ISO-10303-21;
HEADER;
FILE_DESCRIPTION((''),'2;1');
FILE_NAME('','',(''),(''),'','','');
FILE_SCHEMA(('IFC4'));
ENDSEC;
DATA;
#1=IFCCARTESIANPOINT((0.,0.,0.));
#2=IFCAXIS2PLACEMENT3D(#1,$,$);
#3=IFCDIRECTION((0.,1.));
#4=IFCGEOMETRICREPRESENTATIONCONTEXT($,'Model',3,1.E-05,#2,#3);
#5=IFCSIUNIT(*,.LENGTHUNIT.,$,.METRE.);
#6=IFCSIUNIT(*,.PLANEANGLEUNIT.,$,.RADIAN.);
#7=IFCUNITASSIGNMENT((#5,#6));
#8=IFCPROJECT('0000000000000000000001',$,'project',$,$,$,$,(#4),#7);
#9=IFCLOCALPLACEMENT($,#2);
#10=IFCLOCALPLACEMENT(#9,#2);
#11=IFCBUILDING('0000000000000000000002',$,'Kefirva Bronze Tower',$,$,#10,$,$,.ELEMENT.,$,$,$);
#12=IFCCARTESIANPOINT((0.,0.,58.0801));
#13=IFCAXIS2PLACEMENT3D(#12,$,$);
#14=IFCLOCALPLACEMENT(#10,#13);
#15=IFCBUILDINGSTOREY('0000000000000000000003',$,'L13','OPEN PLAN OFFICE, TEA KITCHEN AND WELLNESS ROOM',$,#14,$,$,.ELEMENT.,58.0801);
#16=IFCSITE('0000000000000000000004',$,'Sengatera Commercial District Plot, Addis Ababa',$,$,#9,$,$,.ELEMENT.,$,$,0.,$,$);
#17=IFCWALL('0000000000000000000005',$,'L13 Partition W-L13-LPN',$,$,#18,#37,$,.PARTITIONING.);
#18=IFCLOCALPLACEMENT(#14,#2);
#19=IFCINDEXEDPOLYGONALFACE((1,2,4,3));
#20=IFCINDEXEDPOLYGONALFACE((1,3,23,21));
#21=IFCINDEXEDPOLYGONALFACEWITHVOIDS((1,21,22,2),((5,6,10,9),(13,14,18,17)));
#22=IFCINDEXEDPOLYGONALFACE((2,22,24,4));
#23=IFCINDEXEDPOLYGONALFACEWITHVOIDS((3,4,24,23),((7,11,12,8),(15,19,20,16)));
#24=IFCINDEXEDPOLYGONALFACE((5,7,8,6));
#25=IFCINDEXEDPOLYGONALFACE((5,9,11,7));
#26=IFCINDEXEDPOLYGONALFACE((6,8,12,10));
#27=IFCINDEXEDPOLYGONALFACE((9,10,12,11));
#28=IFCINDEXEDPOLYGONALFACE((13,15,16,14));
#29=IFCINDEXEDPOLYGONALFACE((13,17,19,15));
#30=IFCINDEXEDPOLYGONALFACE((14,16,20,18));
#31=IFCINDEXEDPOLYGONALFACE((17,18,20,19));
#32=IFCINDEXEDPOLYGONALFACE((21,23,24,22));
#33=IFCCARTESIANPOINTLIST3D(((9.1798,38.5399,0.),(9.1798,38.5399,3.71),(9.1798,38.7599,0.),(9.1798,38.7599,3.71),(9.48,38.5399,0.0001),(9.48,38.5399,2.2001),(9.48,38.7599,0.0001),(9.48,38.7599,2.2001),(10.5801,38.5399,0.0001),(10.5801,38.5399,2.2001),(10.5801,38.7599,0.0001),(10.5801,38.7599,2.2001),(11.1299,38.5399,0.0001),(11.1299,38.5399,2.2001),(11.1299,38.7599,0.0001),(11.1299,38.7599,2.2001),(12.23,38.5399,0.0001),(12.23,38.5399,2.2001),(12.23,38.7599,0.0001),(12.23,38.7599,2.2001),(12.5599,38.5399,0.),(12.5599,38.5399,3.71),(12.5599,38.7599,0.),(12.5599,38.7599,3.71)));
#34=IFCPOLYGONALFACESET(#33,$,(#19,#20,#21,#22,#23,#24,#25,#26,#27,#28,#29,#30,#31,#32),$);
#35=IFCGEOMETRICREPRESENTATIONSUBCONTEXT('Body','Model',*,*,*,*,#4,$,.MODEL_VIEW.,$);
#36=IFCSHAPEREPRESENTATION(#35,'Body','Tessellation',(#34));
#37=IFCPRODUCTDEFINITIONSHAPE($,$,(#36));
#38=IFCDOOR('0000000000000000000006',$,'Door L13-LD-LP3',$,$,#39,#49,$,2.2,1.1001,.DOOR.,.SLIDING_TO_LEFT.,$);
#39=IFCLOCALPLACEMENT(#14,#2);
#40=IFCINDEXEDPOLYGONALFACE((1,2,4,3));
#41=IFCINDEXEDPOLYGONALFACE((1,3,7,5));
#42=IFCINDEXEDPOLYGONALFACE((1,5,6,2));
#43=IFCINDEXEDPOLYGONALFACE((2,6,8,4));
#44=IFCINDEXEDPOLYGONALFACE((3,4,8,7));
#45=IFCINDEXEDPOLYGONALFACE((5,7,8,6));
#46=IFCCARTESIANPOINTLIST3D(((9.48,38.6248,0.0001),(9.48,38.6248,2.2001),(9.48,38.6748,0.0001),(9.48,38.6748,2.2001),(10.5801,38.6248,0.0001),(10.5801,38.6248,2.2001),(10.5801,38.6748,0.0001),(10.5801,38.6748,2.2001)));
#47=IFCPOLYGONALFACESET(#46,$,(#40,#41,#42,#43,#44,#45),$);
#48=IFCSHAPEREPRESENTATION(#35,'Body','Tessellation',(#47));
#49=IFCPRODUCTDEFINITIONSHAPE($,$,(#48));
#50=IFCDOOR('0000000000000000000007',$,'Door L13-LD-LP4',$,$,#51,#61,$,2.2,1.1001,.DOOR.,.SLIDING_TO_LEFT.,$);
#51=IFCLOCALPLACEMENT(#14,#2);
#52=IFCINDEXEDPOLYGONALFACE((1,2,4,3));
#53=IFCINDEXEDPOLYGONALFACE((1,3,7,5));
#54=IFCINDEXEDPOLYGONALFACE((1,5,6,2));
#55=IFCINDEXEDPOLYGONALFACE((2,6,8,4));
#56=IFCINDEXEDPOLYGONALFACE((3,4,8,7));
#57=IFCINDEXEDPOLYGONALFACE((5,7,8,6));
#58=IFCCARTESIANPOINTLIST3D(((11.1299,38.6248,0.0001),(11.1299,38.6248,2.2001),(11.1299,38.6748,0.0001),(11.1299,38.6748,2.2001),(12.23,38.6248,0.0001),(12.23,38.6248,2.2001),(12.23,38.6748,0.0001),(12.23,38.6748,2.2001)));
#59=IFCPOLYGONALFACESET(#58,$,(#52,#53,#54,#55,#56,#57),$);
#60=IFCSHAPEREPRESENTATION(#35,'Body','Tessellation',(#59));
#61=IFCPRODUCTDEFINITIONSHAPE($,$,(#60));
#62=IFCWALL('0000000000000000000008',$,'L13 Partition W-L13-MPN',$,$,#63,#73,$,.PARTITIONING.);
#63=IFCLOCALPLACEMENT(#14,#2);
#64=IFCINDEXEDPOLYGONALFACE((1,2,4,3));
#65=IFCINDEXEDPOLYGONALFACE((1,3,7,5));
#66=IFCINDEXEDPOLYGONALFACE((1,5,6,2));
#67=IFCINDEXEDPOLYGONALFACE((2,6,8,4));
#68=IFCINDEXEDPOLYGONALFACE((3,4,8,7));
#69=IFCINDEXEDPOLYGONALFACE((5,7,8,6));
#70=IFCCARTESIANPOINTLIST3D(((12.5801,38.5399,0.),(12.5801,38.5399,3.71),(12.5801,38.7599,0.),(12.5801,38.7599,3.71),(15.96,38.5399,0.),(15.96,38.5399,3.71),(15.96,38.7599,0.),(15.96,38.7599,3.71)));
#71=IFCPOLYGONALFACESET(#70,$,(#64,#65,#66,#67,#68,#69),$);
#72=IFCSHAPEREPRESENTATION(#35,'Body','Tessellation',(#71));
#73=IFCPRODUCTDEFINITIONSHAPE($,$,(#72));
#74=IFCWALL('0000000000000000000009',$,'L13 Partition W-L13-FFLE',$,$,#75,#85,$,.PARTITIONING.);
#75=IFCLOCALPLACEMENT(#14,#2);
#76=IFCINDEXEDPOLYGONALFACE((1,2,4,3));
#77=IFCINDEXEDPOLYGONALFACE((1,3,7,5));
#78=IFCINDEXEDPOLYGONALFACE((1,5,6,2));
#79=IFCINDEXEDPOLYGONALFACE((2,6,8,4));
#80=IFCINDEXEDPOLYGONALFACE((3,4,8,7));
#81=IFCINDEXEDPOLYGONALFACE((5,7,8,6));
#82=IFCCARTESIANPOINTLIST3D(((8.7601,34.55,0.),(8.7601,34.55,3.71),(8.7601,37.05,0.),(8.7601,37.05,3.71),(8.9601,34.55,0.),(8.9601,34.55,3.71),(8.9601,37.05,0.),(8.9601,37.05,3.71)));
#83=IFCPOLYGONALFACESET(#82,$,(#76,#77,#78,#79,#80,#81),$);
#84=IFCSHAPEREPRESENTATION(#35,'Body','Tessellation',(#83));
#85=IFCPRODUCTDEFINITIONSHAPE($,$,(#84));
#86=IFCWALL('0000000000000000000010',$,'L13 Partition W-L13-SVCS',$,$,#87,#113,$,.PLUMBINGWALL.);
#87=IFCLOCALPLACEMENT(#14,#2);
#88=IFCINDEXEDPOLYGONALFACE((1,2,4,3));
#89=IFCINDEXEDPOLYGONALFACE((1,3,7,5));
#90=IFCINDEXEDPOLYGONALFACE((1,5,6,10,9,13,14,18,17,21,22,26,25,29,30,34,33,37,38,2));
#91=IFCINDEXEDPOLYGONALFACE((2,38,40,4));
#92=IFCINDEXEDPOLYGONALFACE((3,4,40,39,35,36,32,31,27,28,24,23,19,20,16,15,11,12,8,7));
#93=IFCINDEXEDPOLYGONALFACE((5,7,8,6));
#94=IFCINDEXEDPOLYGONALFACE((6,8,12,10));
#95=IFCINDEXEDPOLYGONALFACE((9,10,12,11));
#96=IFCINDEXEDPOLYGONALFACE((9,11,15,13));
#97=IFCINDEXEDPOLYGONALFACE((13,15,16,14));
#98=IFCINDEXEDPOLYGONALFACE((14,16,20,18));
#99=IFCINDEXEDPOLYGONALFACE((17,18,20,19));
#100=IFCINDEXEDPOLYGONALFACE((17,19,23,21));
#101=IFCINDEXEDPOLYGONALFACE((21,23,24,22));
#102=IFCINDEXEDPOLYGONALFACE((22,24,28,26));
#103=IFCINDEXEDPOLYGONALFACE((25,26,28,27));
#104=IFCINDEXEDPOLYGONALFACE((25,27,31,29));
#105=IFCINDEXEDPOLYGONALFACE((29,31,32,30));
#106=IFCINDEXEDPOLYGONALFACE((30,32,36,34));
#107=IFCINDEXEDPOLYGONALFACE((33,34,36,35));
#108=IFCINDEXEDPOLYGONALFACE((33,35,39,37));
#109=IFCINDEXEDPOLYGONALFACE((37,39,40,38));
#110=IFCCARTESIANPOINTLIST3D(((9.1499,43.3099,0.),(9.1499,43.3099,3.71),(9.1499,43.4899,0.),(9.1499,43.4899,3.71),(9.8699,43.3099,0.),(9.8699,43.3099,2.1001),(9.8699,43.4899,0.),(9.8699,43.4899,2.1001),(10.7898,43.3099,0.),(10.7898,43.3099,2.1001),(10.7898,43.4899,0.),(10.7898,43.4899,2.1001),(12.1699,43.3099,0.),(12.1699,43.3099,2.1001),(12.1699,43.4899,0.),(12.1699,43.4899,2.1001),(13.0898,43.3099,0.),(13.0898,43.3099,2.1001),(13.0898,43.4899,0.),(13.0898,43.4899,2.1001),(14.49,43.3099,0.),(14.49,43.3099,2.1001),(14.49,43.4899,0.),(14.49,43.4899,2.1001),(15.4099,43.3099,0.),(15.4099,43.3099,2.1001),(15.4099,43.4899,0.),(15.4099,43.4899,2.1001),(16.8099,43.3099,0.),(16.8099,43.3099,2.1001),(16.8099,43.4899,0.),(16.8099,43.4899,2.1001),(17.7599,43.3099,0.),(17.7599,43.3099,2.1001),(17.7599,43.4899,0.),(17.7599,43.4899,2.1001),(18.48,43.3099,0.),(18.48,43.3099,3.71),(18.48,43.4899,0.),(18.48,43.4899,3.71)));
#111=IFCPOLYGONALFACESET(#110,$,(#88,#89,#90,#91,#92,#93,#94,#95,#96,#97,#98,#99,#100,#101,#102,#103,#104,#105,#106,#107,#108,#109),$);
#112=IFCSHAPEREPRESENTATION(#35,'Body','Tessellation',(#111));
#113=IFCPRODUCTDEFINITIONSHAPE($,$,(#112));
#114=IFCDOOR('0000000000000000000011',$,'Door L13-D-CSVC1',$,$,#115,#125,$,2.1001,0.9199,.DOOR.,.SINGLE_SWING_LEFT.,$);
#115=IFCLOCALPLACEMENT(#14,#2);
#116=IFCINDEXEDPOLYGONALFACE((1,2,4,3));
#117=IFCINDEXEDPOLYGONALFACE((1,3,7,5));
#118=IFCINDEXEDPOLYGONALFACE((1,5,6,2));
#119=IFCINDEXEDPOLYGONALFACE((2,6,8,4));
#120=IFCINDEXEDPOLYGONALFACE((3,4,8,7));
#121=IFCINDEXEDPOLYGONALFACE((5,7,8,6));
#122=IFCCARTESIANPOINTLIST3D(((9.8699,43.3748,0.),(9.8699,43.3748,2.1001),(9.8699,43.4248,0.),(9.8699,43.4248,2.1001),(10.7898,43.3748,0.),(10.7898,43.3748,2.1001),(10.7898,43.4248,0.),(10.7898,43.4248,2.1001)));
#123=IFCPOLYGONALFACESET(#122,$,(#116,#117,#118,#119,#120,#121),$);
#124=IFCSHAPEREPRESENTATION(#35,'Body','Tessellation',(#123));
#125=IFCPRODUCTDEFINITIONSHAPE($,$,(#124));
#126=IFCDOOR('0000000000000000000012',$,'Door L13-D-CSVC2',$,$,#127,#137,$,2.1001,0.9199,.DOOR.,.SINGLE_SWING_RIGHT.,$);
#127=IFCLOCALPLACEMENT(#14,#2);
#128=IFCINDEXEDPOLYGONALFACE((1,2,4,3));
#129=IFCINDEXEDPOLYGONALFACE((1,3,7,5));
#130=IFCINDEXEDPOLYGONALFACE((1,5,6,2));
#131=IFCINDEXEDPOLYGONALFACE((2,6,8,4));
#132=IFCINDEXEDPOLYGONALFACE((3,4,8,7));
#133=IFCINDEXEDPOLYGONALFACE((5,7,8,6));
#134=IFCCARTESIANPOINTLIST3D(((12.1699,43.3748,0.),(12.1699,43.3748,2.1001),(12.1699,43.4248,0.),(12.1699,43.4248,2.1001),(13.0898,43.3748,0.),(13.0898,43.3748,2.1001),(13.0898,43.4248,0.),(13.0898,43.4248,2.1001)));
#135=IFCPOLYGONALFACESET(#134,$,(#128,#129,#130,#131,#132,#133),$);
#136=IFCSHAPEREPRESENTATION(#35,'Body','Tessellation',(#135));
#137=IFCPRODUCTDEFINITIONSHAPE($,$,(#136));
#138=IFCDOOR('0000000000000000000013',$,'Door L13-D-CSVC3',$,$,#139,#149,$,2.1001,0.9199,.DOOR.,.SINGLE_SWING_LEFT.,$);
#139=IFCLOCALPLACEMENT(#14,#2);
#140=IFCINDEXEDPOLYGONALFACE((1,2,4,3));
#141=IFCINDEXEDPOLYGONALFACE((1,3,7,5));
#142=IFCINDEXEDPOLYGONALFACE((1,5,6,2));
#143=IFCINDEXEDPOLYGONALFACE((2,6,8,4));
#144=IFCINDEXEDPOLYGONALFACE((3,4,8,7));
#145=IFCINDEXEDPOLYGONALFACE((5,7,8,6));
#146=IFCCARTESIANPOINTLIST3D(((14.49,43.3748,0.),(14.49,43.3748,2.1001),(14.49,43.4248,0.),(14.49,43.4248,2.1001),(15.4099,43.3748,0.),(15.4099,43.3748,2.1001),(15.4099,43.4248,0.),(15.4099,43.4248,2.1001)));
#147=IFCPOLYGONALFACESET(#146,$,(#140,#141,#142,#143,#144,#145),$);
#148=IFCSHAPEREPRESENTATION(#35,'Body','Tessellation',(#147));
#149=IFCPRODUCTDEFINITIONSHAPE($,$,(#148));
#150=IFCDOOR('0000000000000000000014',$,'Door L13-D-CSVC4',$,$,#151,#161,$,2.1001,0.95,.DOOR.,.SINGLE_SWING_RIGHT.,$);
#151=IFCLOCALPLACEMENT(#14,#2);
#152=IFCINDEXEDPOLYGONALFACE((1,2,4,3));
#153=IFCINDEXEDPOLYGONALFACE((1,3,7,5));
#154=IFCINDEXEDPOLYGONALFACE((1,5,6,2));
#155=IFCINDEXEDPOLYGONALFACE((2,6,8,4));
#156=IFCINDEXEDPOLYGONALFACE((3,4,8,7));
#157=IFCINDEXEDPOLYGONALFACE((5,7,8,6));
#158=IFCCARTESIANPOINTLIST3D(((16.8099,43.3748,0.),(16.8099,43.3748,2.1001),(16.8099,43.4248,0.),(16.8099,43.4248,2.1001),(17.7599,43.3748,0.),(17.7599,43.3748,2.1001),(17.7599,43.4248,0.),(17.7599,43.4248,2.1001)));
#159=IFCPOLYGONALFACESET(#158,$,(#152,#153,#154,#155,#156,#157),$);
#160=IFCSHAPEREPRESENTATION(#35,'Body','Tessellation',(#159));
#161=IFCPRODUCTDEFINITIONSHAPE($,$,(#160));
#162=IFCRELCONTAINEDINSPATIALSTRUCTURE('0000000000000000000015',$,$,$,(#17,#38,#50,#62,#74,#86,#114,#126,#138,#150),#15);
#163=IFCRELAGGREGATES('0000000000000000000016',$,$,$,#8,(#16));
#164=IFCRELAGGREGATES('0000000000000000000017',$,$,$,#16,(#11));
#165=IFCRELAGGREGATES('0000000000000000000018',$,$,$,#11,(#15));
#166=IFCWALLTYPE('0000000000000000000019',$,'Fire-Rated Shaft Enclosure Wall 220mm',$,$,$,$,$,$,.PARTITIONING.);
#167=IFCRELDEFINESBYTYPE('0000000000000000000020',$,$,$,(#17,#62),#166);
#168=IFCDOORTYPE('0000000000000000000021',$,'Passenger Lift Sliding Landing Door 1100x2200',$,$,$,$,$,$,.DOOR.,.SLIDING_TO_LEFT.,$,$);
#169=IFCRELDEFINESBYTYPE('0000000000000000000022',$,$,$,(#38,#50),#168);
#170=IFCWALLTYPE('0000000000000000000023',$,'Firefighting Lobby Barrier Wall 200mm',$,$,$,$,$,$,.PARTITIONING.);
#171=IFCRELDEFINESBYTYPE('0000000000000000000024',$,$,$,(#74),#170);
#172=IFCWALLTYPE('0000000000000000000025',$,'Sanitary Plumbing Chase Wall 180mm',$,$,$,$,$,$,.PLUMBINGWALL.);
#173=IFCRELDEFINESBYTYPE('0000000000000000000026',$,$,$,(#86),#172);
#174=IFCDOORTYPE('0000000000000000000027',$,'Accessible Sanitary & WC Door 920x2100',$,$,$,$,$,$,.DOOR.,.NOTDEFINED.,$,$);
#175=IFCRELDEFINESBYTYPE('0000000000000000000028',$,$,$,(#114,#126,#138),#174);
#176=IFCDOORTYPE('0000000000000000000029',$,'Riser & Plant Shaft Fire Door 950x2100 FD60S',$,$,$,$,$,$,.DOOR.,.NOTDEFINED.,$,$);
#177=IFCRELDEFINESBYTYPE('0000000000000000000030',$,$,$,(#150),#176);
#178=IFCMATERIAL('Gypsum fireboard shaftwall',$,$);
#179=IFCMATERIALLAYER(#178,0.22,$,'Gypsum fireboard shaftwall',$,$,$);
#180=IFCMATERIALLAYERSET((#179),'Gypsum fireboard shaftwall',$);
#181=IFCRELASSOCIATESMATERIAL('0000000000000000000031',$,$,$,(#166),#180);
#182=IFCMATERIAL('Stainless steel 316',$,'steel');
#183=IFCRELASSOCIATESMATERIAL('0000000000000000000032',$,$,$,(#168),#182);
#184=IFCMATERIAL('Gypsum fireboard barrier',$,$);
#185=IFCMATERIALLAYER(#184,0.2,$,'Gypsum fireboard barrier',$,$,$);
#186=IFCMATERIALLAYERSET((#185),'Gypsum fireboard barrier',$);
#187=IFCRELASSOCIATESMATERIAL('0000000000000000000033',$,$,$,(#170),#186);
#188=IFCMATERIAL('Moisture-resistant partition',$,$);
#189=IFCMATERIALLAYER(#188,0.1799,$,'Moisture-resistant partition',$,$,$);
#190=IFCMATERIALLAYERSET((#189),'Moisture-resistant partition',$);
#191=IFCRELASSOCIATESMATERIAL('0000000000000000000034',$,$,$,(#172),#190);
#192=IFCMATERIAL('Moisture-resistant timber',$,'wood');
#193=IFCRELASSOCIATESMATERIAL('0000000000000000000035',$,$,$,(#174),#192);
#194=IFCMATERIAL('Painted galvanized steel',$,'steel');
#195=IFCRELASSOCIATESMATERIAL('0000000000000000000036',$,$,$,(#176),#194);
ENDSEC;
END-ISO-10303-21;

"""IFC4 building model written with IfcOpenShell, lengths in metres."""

from ifc_helpers import new_model, si_unit, direction, frame, frame_2d, origin, place, context, subcontext, project, spatial, rectangle, extrude, material, layer, layer_set, type_object, element, fill, save


model = new_model("IFC4")

# Units and contexts
model_context = context("Model", 3, precision=1e-05, world=origin(), true_north=direction((0.0, 1.0)))
body_context = subcontext(model_context, "Body", "Model", "MODEL_VIEW")
ifc_project = project(units=[si_unit("LENGTHUNIT", "METRE"), si_unit("PLANEANGLEUNIT", "RADIAN")], contexts=[model_context])

# Site, building, storey
site_placement = place(None, origin())
site = spatial("IfcSite", under=ifc_project, at=site_placement, Name="Sengatera Commercial District Plot, Addis Ababa", CompositionType="ELEMENT", RefElevation=0.0)
building_placement = place(site_placement, origin())
building = spatial("IfcBuilding", under=site, at=building_placement, Name="Kefirva Bronze Tower", CompositionType="ELEMENT")
storey_placement = place(building_placement, frame((0.0, 0.0, 58.0801)))
storey = spatial("IfcBuildingStorey", under=building, at=storey_placement, Name="L13", Description="OPEN PLAN OFFICE, TEA KITCHEN AND WELLNESS ROOM", CompositionType="ELEMENT", Elevation=58.0801)

# Shared definitions
ifc_material_1 = material(Name="Gypsum fireboard shaftwall")
ifc_layer_1 = layer(ifc_material_1, 0.22, Name="Gypsum fireboard shaftwall")
ifc_layer_set_1 = layer_set([ifc_layer_1], Name="Gypsum fireboard shaftwall")
wall_type_1 = type_object("IfcWallType", Name="Fire-Rated Shaft Enclosure Wall 220mm", PredefinedType="PARTITIONING", material=ifc_layer_set_1)

# Shared definitions
ifc_material_2 = material(Name="Stainless steel 316", Category="steel")

# Wall, openings, doors
door_type_1 = type_object("IfcDoorType", Name="Passenger Lift Sliding Landing Door 1100x2200", OperationType="SLIDING_TO_LEFT", PredefinedType="DOOR", material=ifc_material_2)
wall_1_placement = place(storey_placement, frame((9.1799, 38.6499, 0.0), z_axis=(0.0, 0.0, 1.0), x_axis=(1.0, 0.0, 0.0)))
wall_1 = element("IfcWall", 1, at=wall_1_placement, inside=storey, type_object=wall_type_1, Name="L13 Partition W-L13-LPN", PredefinedType="PARTITIONING", context=body_context, shape_type="SweptSolid", body=[
    extrude(rectangle(XDim=3.3801, YDim=0.22, at=frame_2d((1.6899, 0.0))), origin(), (0.0, 0.0, 1.0), 3.71),
])
opening_1_placement = place(wall_1_placement, frame((0.3, 0.0, 0.0)))
opening_1 = element("IfcOpeningElement", 2, at=opening_1_placement, cuts=wall_1, PredefinedType="OPENING", context=body_context, shape_type="SweptSolid", body=[
    extrude(rectangle(XDim=1.1001, YDim=2.2, at=frame_2d((0.55, 1.1001))), frame((0.0, 0.1201, 0.0), z_axis=(0.0, -1.0, 0.0), x_axis=(1.0, 0.0, 0.0)), (0.0, 0.0, 1.0), 0.24),
])
opening_2_placement = place(wall_1_placement, frame((1.95, 0.0, 0.0)))
opening_2 = element("IfcOpeningElement", 3, at=opening_2_placement, cuts=wall_1, PredefinedType="OPENING", context=body_context, shape_type="SweptSolid", body=[
    extrude(rectangle(XDim=1.1001, YDim=2.2, at=frame_2d((0.55, 1.1001))), frame((0.0, 0.1201, 0.0), z_axis=(0.0, -1.0, 0.0), x_axis=(1.0, 0.0, 0.0)), (0.0, 0.0, 1.0), 0.24),
])
door_1_placement = place(opening_1_placement, origin())
door_1 = element("IfcDoor", 4, at=door_1_placement, inside=storey, type_object=door_type_1, Name="Door L13-LD-LP3", OperationType="SLIDING_TO_LEFT", OverallHeight=2.2, OverallWidth=1.1001, PredefinedType="DOOR", context=body_context, shape_type="SweptSolid", body=[
    extrude(rectangle(XDim=1.1001, YDim=2.2, at=frame_2d((0.55, 1.1001))), frame((0.0, 0.0249, 0.0), z_axis=(0.0, -1.0, 0.0), x_axis=(1.0, 0.0, 0.0)), (0.0, 0.0, 1.0), 0.05),
])
fill(opening_1, door_1)
door_2_placement = place(opening_2_placement, origin())
door_2 = element("IfcDoor", 5, at=door_2_placement, inside=storey, type_object=door_type_1, Name="Door L13-LD-LP4", OperationType="SLIDING_TO_LEFT", OverallHeight=2.2, OverallWidth=1.1001, PredefinedType="DOOR", context=body_context, shape_type="SweptSolid", body=[
    extrude(rectangle(XDim=1.1001, YDim=2.2, at=frame_2d((0.55, 1.1001))), frame((0.0, 0.0249, 0.0), z_axis=(0.0, -1.0, 0.0), x_axis=(1.0, 0.0, 0.0)), (0.0, 0.0, 1.0), 0.05),
])
fill(opening_2, door_2)

# Walls
wall_2_placement = place(storey_placement, frame((12.5801, 38.6499, 0.0), z_axis=(0.0, 0.0, 1.0), x_axis=(1.0, 0.0, 0.0)))
element("IfcWall", 6, at=wall_2_placement, inside=storey, type_object=wall_type_1, Name="L13 Partition W-L13-MPN", PredefinedType="PARTITIONING", context=body_context, shape_type="SweptSolid", body=[
    extrude(rectangle(XDim=3.3799, YDim=0.22, at=frame_2d((1.6899, 0.0))), origin(), (0.0, 0.0, 1.0), 3.71),
])
ifc_material_3 = material(Name="Gypsum fireboard barrier")
ifc_layer_2 = layer(ifc_material_3, 0.2, Name="Gypsum fireboard barrier")
ifc_layer_set_2 = layer_set([ifc_layer_2], Name="Gypsum fireboard barrier")
wall_type_2 = type_object("IfcWallType", Name="Firefighting Lobby Barrier Wall 200mm", PredefinedType="PARTITIONING", material=ifc_layer_set_2)
wall_3_placement = place(storey_placement, frame((8.8601, 34.55, 0.0), z_axis=(0.0, 0.0, 1.0), x_axis=(0.0, 1.0, 0.0)))
element("IfcWall", 7, at=wall_3_placement, inside=storey, type_object=wall_type_2, Name="L13 Partition W-L13-FFLE", PredefinedType="PARTITIONING", context=body_context, shape_type="SweptSolid", body=[
    extrude(rectangle(XDim=2.5, YDim=0.2, at=frame_2d((1.25, 0.0))), origin(), (0.0, 0.0, 1.0), 3.71),
])

# Wall, openings, doors
ifc_material_4 = material(Name="Moisture-resistant partition")
ifc_layer_3 = layer(ifc_material_4, 0.1799, Name="Moisture-resistant partition")
ifc_layer_set_3 = layer_set([ifc_layer_3], Name="Moisture-resistant partition")
wall_type_3 = type_object("IfcWallType", Name="Sanitary Plumbing Chase Wall 180mm", PredefinedType="PLUMBINGWALL", material=ifc_layer_set_3)
wall_4_placement = place(storey_placement, frame((9.1499, 43.3999, 0.0), z_axis=(0.0, 0.0, 1.0), x_axis=(1.0, 0.0, 0.0)))
wall_4 = element("IfcWall", 8, at=wall_4_placement, inside=storey, type_object=wall_type_3, Name="L13 Partition W-L13-SVCS", PredefinedType="PLUMBINGWALL", context=body_context, shape_type="SweptSolid", body=[
    extrude(rectangle(XDim=9.3301, YDim=0.1799, at=frame_2d((4.665, 0.0))), origin(), (0.0, 0.0, 1.0), 3.71),
])
opening_3_placement = place(wall_4_placement, frame((0.72, 0.0, 0.0)))
opening_3 = element("IfcOpeningElement", 9, at=opening_3_placement, cuts=wall_4, PredefinedType="OPENING", context=body_context, shape_type="SweptSolid", body=[
    extrude(rectangle(XDim=0.9199, YDim=2.1001, at=frame_2d((0.46, 1.05))), frame((0.0, 0.1001, 0.0), z_axis=(0.0, -1.0, 0.0), x_axis=(1.0, 0.0, 0.0)), (0.0, 0.0, 1.0), 0.2),
])
opening_4_placement = place(wall_4_placement, frame((3.02, 0.0, 0.0)))
opening_4 = element("IfcOpeningElement", 10, at=opening_4_placement, cuts=wall_4, PredefinedType="OPENING", context=body_context, shape_type="SweptSolid", body=[
    extrude(rectangle(XDim=0.9199, YDim=2.1001, at=frame_2d((0.46, 1.05))), frame((0.0, 0.1001, 0.0), z_axis=(0.0, -1.0, 0.0), x_axis=(1.0, 0.0, 0.0)), (0.0, 0.0, 1.0), 0.2),
])
opening_5_placement = place(wall_4_placement, frame((5.3401, 0.0, 0.0)))
opening_5 = element("IfcOpeningElement", 11, at=opening_5_placement, cuts=wall_4, PredefinedType="OPENING", context=body_context, shape_type="SweptSolid", body=[
    extrude(rectangle(XDim=0.9199, YDim=2.1001, at=frame_2d((0.46, 1.05))), frame((0.0, 0.1001, 0.0), z_axis=(0.0, -1.0, 0.0), x_axis=(1.0, 0.0, 0.0)), (0.0, 0.0, 1.0), 0.2),
])
opening_6_placement = place(wall_4_placement, frame((7.6599, 0.0, 0.0)))
opening_6 = element("IfcOpeningElement", 12, at=opening_6_placement, cuts=wall_4, PredefinedType="OPENING", context=body_context, shape_type="SweptSolid", body=[
    extrude(rectangle(XDim=0.95, YDim=2.1001, at=frame_2d((0.4751, 1.05))), frame((0.0, 0.1001, 0.0), z_axis=(0.0, -1.0, 0.0), x_axis=(1.0, 0.0, 0.0)), (0.0, 0.0, 1.0), 0.2),
])
ifc_material_5 = material(Name="Moisture-resistant timber", Category="wood")
door_type_2 = type_object("IfcDoorType", Name="Accessible Sanitary & WC Door 920x2100", OperationType="NOTDEFINED", PredefinedType="DOOR", material=ifc_material_5)
door_3_placement = place(opening_3_placement, origin())
door_3 = element("IfcDoor", 13, at=door_3_placement, inside=storey, type_object=door_type_2, Name="Door L13-D-CSVC1", OperationType="SINGLE_SWING_LEFT", OverallHeight=2.1001, OverallWidth=0.9199, PredefinedType="DOOR", context=body_context, shape_type="SweptSolid", body=[
    extrude(rectangle(XDim=0.9199, YDim=2.1001, at=frame_2d((0.46, 1.05))), frame((0.0, 0.0249, 0.0), z_axis=(0.0, -1.0, 0.0), x_axis=(1.0, 0.0, 0.0)), (0.0, 0.0, 1.0), 0.05),
])
fill(opening_3, door_3)
door_4_placement = place(opening_4_placement, origin())
door_4 = element("IfcDoor", 14, at=door_4_placement, inside=storey, type_object=door_type_2, Name="Door L13-D-CSVC2", OperationType="SINGLE_SWING_RIGHT", OverallHeight=2.1001, OverallWidth=0.9199, PredefinedType="DOOR", context=body_context, shape_type="SweptSolid", body=[
    extrude(rectangle(XDim=0.9199, YDim=2.1001, at=frame_2d((0.46, 1.05))), frame((0.0, 0.0249, 0.0), z_axis=(0.0, -1.0, 0.0), x_axis=(1.0, 0.0, 0.0)), (0.0, 0.0, 1.0), 0.05),
])
fill(opening_4, door_4)
door_5_placement = place(opening_5_placement, origin())
door_5 = element("IfcDoor", 15, at=door_5_placement, inside=storey, type_object=door_type_2, Name="Door L13-D-CSVC3", OperationType="SINGLE_SWING_LEFT", OverallHeight=2.1001, OverallWidth=0.9199, PredefinedType="DOOR", context=body_context, shape_type="SweptSolid", body=[
    extrude(rectangle(XDim=0.9199, YDim=2.1001, at=frame_2d((0.46, 1.05))), frame((0.0, 0.0249, 0.0), z_axis=(0.0, -1.0, 0.0), x_axis=(1.0, 0.0, 0.0)), (0.0, 0.0, 1.0), 0.05),
])
fill(opening_5, door_5)
ifc_material_6 = material(Name="Painted galvanized steel", Category="steel")
door_type_3 = type_object("IfcDoorType", Name="Riser & Plant Shaft Fire Door 950x2100 FD60S", OperationType="NOTDEFINED", PredefinedType="DOOR", material=ifc_material_6)
door_6_placement = place(opening_6_placement, origin())
door_6 = element("IfcDoor", 16, at=door_6_placement, inside=storey, type_object=door_type_3, Name="Door L13-D-CSVC4", OperationType="SINGLE_SWING_RIGHT", OverallHeight=2.1001, OverallWidth=0.95, PredefinedType="DOOR", context=body_context, shape_type="SweptSolid", body=[
    extrude(rectangle(XDim=0.95, YDim=2.1001, at=frame_2d((0.4751, 1.05))), frame((0.0, 0.0249, 0.0), z_axis=(0.0, -1.0, 0.0), x_axis=(1.0, 0.0, 0.0)), (0.0, 0.0, 1.0), 0.05),
])
fill(opening_6, door_6)

save(model, "model.ifc")
